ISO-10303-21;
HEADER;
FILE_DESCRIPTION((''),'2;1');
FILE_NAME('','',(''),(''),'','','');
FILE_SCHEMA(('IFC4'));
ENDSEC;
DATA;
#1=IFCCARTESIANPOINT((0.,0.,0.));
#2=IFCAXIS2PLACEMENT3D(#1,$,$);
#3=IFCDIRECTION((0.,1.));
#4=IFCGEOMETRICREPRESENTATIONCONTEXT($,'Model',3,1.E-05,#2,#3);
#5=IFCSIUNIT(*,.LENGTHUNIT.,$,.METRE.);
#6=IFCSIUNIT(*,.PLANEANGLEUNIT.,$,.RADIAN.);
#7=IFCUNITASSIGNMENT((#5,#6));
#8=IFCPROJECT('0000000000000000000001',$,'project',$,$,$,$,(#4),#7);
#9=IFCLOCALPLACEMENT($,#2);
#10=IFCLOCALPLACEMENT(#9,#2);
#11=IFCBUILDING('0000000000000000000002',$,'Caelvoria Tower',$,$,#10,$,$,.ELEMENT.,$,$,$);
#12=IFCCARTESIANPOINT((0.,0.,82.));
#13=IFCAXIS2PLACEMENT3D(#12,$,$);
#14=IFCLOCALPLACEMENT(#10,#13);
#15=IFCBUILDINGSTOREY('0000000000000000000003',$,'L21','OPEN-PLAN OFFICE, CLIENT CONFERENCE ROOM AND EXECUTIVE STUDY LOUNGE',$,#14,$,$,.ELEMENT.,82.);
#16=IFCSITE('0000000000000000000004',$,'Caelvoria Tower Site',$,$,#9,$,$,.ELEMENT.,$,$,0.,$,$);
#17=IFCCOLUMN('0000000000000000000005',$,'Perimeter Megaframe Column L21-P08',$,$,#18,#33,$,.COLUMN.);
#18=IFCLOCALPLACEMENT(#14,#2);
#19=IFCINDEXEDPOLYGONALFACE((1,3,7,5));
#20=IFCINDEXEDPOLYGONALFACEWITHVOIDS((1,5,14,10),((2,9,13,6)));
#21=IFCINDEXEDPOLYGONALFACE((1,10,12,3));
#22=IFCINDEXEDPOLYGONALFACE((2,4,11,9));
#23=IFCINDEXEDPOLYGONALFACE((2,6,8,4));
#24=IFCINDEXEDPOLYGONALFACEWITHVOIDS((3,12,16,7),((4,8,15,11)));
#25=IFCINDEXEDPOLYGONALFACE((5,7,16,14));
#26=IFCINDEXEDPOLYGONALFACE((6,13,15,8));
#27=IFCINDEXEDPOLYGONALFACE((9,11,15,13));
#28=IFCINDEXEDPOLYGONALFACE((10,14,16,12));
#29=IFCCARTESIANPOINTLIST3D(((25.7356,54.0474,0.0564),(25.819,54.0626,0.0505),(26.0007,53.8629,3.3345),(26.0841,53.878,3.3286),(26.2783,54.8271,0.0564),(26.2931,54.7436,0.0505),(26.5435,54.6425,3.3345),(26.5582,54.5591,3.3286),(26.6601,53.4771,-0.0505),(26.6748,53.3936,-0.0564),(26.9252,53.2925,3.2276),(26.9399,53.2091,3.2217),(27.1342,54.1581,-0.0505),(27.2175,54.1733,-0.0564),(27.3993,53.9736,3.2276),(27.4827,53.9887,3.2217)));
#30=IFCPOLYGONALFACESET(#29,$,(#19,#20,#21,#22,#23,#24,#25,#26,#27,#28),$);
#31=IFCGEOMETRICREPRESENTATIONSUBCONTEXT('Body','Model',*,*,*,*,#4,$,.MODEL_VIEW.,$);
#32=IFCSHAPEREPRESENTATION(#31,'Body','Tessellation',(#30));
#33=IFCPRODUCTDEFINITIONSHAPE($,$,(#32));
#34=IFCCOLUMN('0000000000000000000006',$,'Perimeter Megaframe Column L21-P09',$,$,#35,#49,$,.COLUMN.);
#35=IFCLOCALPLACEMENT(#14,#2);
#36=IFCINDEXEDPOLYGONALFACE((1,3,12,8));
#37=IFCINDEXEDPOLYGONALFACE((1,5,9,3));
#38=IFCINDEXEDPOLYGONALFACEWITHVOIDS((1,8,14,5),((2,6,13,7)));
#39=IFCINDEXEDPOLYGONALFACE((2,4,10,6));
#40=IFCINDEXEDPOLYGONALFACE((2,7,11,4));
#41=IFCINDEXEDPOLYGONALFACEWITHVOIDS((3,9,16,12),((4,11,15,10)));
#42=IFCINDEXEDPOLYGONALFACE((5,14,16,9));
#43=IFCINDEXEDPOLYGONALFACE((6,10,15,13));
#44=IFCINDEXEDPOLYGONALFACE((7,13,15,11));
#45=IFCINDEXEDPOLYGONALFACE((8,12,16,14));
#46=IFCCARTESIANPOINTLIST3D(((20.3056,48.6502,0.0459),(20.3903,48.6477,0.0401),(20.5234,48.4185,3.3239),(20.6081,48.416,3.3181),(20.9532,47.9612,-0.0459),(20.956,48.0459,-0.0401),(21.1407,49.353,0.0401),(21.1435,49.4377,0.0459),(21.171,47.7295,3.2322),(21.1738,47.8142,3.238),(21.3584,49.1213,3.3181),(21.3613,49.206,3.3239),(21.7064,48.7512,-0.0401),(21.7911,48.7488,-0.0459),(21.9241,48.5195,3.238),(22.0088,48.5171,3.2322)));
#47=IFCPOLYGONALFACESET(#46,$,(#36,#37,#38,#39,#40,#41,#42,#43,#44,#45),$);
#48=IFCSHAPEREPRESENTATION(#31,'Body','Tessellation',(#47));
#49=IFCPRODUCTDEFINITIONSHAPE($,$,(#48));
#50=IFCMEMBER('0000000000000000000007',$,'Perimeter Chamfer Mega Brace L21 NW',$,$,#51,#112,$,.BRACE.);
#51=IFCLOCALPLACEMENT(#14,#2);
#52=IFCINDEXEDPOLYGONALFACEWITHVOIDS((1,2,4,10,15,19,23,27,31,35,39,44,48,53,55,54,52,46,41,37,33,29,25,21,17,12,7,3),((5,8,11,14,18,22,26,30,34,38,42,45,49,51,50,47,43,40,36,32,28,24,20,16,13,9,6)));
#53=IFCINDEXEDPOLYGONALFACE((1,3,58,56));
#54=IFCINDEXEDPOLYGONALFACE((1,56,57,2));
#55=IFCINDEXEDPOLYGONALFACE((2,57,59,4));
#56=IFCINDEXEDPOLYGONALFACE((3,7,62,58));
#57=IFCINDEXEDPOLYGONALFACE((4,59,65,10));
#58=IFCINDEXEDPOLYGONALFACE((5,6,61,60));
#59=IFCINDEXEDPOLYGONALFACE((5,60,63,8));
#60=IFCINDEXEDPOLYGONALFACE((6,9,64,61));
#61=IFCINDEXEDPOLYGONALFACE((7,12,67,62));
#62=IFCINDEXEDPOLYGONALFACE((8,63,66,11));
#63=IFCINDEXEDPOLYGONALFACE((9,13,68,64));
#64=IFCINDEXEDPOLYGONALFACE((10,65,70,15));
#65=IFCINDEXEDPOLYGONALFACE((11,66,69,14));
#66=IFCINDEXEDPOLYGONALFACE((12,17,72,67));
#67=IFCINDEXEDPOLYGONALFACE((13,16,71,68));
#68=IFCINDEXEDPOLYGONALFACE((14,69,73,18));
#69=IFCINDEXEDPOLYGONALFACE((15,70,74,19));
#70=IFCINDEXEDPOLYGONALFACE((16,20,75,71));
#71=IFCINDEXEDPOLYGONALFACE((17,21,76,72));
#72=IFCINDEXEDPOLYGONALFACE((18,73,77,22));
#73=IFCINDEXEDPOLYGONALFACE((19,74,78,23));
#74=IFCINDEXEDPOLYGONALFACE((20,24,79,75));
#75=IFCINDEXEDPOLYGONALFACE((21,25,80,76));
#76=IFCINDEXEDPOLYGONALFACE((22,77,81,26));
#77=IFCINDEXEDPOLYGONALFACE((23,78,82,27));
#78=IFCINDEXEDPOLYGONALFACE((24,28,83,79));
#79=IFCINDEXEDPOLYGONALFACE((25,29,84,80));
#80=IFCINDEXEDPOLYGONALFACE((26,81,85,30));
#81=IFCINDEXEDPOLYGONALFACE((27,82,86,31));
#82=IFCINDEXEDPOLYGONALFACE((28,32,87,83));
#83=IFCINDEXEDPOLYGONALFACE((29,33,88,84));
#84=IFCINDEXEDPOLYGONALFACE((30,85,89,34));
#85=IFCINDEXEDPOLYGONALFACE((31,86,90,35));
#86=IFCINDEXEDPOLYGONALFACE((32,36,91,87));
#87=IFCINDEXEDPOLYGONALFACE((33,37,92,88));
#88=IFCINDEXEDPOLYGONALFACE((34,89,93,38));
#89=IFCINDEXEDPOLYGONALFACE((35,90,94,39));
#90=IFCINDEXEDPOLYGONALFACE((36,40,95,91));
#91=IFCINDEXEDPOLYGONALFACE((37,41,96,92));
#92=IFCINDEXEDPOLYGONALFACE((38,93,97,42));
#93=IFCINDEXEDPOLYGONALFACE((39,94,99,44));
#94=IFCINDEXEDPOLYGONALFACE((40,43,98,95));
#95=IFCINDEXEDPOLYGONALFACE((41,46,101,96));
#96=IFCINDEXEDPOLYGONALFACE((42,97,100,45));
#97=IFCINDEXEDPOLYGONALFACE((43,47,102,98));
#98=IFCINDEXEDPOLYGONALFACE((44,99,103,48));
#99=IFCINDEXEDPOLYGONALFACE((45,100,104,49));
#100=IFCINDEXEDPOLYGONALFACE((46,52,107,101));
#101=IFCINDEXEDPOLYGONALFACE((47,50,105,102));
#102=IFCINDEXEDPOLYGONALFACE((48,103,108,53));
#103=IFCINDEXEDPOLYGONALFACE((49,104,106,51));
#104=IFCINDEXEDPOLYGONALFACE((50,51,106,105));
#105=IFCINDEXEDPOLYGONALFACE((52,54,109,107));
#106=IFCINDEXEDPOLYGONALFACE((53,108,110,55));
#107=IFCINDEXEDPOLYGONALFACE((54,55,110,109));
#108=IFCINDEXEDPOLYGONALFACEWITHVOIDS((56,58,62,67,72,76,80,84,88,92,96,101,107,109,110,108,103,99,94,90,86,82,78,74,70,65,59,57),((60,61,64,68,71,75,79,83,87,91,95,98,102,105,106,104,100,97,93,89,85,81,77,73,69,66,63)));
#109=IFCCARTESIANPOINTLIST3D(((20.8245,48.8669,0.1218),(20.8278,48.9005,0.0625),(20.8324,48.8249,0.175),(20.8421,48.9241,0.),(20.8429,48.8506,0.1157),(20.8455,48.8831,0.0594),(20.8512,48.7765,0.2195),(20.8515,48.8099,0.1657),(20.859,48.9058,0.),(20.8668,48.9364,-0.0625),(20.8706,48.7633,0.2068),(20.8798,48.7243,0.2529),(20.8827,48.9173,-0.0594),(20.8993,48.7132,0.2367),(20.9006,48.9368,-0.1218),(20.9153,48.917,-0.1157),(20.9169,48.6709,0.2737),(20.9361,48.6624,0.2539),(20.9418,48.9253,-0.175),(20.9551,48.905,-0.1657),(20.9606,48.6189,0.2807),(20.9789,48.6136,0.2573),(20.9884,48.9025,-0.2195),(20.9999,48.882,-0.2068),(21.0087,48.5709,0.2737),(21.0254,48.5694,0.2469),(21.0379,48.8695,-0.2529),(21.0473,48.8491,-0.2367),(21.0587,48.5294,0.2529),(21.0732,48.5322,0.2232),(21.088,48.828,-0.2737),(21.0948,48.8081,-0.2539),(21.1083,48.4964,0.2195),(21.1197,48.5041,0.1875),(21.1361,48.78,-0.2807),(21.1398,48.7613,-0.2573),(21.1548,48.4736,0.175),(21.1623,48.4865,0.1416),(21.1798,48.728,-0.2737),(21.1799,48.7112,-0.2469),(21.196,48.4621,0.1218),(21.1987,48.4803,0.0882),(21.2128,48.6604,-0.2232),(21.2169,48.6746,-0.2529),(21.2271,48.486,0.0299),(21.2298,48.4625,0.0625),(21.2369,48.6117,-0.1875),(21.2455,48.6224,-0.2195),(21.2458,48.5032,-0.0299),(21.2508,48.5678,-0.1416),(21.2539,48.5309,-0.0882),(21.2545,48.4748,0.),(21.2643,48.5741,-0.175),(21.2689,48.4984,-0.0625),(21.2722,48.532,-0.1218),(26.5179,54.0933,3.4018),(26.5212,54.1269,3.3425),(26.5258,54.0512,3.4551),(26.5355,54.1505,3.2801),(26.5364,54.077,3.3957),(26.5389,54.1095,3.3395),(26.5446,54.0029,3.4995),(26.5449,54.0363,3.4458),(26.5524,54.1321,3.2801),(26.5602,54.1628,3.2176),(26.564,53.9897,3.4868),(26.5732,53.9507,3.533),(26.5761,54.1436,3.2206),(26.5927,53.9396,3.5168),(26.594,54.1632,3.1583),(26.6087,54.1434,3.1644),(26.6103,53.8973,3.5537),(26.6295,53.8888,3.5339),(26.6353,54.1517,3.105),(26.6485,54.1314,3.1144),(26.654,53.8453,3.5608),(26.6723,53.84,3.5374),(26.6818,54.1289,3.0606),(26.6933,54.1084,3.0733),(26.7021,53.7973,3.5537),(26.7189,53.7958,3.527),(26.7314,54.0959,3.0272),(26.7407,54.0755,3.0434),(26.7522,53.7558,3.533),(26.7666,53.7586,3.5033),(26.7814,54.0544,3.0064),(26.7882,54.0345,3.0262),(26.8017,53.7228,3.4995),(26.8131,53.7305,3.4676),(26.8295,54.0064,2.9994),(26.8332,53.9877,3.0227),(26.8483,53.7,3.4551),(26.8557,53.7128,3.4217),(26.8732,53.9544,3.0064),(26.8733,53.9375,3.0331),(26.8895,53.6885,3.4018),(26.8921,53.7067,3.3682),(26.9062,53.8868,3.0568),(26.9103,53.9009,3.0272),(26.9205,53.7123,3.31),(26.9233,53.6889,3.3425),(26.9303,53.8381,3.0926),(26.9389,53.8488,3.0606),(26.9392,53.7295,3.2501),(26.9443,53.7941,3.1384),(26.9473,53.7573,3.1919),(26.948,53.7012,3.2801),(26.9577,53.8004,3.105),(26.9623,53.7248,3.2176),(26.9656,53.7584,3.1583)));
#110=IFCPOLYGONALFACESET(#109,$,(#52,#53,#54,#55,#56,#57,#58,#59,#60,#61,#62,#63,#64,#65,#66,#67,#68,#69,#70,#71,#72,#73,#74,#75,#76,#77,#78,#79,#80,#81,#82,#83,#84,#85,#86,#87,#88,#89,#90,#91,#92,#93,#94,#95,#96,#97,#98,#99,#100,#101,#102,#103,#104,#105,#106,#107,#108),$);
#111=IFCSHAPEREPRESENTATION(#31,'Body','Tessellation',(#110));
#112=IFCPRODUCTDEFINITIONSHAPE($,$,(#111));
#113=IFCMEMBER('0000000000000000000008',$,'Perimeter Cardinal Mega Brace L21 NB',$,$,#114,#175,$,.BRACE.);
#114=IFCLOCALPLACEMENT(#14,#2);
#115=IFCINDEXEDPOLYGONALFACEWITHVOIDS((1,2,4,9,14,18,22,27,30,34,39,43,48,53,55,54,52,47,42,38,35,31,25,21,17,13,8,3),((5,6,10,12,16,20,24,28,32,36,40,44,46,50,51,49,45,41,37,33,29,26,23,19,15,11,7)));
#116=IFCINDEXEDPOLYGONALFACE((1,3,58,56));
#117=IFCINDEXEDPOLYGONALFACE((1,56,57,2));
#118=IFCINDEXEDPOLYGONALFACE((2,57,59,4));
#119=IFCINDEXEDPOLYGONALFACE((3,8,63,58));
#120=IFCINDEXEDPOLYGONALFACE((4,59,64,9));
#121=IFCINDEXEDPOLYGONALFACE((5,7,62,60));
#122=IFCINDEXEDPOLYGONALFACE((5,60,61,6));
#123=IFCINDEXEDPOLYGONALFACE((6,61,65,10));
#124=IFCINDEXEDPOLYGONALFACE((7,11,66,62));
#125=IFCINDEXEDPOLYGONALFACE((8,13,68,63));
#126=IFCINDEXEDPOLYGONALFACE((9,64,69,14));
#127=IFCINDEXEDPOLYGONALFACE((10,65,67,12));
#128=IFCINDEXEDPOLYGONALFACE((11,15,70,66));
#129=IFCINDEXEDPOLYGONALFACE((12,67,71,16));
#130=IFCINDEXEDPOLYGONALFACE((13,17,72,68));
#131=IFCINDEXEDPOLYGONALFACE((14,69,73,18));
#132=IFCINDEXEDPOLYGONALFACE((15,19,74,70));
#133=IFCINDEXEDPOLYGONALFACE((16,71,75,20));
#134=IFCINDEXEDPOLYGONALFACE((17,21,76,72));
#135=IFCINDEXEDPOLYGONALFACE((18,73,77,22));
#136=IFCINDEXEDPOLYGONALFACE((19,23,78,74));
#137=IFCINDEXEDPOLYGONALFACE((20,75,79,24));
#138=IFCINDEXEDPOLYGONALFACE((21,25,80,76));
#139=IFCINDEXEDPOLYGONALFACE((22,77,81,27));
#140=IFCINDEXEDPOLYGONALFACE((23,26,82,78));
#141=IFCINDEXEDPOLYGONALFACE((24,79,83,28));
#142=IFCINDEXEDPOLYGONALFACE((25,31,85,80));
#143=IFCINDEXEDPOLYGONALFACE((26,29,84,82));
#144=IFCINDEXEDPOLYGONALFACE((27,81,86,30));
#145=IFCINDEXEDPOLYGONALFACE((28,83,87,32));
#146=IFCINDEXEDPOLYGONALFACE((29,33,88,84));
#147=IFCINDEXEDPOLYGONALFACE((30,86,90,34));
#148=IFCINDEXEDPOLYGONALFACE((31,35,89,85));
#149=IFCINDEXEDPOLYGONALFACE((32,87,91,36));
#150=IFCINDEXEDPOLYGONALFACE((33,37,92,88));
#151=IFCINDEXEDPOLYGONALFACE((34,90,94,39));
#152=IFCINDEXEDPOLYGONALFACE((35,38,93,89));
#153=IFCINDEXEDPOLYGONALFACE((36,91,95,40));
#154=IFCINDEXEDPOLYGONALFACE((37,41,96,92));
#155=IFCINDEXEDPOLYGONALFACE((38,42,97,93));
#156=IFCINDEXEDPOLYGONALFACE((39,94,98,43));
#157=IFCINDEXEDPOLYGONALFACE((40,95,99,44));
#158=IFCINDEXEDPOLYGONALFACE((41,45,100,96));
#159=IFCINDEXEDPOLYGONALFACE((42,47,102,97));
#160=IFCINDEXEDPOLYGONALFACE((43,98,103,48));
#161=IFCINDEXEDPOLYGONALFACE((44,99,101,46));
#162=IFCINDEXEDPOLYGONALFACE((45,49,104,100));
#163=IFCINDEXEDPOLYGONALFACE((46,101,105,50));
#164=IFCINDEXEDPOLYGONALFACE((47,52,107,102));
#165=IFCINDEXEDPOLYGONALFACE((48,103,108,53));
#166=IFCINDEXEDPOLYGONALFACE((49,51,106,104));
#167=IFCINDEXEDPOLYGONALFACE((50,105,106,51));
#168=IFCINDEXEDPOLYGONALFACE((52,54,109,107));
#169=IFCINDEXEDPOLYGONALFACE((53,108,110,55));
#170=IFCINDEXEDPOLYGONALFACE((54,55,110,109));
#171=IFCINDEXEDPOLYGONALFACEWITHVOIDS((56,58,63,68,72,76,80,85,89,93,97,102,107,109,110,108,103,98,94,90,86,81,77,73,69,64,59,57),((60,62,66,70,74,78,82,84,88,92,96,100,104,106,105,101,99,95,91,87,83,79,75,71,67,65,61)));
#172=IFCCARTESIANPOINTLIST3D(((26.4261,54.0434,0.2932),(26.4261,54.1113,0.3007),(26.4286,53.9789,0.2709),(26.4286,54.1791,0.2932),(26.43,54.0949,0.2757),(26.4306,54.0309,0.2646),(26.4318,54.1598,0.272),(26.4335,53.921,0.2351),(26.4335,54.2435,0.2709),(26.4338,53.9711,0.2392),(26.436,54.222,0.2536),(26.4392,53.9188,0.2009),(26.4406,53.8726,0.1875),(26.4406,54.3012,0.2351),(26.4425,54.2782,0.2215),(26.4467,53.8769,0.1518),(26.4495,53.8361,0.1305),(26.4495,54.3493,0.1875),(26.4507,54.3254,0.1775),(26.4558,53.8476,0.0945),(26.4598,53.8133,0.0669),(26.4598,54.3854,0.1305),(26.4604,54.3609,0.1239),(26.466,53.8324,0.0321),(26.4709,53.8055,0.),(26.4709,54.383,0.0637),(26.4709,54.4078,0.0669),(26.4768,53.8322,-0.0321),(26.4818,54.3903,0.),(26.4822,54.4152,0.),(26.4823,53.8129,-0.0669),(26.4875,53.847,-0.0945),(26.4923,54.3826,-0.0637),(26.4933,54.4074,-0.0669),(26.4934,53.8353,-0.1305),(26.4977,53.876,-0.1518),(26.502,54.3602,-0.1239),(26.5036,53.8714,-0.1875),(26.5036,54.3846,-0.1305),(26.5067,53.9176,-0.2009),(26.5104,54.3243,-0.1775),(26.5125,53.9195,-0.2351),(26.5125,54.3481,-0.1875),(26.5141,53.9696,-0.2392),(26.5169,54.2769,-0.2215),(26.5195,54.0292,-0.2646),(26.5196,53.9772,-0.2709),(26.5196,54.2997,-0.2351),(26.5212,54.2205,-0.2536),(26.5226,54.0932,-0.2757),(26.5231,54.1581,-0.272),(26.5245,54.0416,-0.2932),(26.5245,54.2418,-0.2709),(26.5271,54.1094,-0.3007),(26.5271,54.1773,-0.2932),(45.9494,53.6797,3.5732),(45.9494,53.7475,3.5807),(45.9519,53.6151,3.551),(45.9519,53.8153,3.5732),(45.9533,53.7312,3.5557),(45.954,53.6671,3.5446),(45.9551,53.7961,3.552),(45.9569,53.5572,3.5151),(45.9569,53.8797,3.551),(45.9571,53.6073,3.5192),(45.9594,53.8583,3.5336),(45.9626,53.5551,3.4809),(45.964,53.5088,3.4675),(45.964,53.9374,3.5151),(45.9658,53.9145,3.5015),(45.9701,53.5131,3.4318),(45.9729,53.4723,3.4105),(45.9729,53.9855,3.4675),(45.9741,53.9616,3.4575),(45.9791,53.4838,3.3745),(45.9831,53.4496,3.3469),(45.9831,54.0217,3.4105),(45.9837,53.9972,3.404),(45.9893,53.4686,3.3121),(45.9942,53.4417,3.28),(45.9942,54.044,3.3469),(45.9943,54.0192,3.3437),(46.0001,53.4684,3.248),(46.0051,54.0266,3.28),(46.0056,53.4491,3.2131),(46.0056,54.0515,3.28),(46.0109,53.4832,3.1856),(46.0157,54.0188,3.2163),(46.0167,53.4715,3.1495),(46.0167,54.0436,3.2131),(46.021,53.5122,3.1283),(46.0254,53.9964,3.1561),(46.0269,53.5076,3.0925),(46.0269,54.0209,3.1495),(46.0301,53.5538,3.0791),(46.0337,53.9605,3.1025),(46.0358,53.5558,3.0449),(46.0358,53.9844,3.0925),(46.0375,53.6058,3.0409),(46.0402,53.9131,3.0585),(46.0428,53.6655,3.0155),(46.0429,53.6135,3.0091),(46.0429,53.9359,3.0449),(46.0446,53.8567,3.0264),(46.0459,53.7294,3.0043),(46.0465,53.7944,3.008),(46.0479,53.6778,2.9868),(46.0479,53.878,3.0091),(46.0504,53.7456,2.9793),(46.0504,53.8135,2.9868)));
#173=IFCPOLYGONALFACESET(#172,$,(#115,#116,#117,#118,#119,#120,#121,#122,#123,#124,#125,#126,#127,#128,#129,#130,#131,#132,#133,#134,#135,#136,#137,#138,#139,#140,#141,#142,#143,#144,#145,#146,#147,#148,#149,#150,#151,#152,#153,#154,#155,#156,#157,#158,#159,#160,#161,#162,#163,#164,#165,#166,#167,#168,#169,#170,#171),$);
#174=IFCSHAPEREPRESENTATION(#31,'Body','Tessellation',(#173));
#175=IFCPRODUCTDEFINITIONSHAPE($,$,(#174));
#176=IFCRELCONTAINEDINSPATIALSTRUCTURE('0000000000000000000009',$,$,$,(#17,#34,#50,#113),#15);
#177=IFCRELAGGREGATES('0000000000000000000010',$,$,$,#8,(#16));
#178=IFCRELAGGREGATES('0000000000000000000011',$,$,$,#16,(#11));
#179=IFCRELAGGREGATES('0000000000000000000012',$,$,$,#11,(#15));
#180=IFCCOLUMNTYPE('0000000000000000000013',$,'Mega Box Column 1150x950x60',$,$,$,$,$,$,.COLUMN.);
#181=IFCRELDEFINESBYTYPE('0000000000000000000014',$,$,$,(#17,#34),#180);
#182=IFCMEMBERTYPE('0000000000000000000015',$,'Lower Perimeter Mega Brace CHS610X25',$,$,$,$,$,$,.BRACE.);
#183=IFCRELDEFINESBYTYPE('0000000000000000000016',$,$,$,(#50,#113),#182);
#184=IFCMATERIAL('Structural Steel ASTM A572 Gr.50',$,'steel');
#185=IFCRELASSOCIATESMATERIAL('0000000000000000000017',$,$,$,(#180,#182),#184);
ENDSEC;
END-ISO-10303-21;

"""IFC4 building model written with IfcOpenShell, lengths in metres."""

from ifc_helpers import new_model, si_unit, direction, frame, origin, origin_2d, place, context, subcontext, project, spatial, hollow_rectangle, hollow_circle, extrude, material, material_profile, profile_set, type_object, element, save


model = new_model("IFC4")

# Units and contexts
model_context = context("Model", 3, precision=1e-05, world=origin(), true_north=direction((0.0, 1.0)))
body_context = subcontext(model_context, "Body", "Model", "MODEL_VIEW")
ifc_project = project(units=[si_unit("LENGTHUNIT", "METRE"), si_unit("PLANEANGLEUNIT", "RADIAN")], contexts=[model_context])

# Site, building, storey
site_placement = place(None, origin())
site = spatial("IfcSite", under=ifc_project, at=site_placement, Name="Caelvoria Tower Site", CompositionType="ELEMENT", RefElevation=0.0)
building_placement = place(site_placement, origin())
building = spatial("IfcBuilding", under=site, at=building_placement, Name="Caelvoria Tower", CompositionType="ELEMENT")
storey_placement = place(building_placement, frame((0.0, 0.0, 82.0)))
storey = spatial("IfcBuildingStorey", under=building, at=storey_placement, Name="L21", Description="OPEN-PLAN OFFICE, CLIENT CONFERENCE ROOM AND EXECUTIVE STUDY LOUNGE", CompositionType="ELEMENT", Elevation=82.0)

# Columns
ifc_material_1 = material(Name="Structural Steel ASTM A572 Gr.50", Category="steel")
ifc_material_profile_1 = material_profile(ifc_material_1, hollow_rectangle(XDim=0.95, YDim=1.1499, WallThickness=0.0601, at=origin_2d()), Name="Structural Steel ASTM A572 Gr.50")
ifc_profile_set_1 = profile_set([ifc_material_profile_1], Name="BOX1150X950X60 - Structural Steel ASTM A572 Gr.50")
column_type = type_object("IfcColumnType", Name="Mega Box Column 1150x950x60", PredefinedType="COLUMN", material=ifc_profile_set_1)
column_1_placement = place(storey_placement, frame((26.4766, 54.1104, 0.0), z_axis=(0.080492, -0.056033, 0.995179), x_axis=(0.57133, 0.82072, 0.0)))
element("IfcColumn", 1, at=column_1_placement, inside=storey, type_object=column_type, Name="Perimeter Megaframe Column L21-P08", PredefinedType="COLUMN", context=body_context, shape_type="SweptSolid", body=[
    extrude(hollow_rectangle(XDim=0.95, YDim=1.1499, WallThickness=0.0601, at=origin_2d()), origin(), (0.0, 0.0, 1.0), 3.2939),
])
column_2_placement = place(storey_placement, frame((21.0483, 48.6995, 0.0), z_axis=(0.066123, -0.070348, 0.995329), x_axis=(-0.681686, 0.725247, 0.096546)))
element("IfcColumn", 2, at=column_2_placement, inside=storey, type_object=column_type, Name="Perimeter Megaframe Column L21-P09", PredefinedType="COLUMN", context=body_context, shape_type="SweptSolid", body=[
    extrude(hollow_rectangle(XDim=0.95, YDim=1.1499, WallThickness=0.0601, at=origin_2d()), origin(), (0.0, 0.0, 1.0), 3.2935),
])

# Members
ifc_material_profile_2 = material_profile(ifc_material_1, hollow_circle(Radius=0.3049, WallThickness=0.0249, at=origin_2d()), Name="Structural Steel ASTM A572 Gr.50")
ifc_profile_set_2 = profile_set([ifc_material_profile_2], Name="CHS610X25 - Structural Steel ASTM A572 Gr.50")
member_type = type_object("IfcMemberType", Name="Lower Perimeter Mega Brace CHS610X25", PredefinedType="BRACE", material=ifc_profile_set_2)
member_1_placement = place(storey_placement, frame((21.0483, 48.6995, 0.0), z_axis=(0.67813, 0.622501, 0.390681), x_axis=(-0.676245, 0.736677, 0.0)))
element("IfcMember", 3, at=member_1_placement, inside=storey, type_object=member_type, Name="Perimeter Chamfer Mega Brace L21 NW", PredefinedType="BRACE", context=body_context, shape_type="SweptSolid", body=[
    extrude(hollow_circle(Radius=0.3049, WallThickness=0.0249, at=origin_2d()), origin(), (0.0, 0.0, 1.0), 8.3958),
])
member_2_placement = place(storey_placement, frame((26.4766, 54.1104, 0.0), z_axis=(0.986013, -0.018372, 0.165655), x_axis=(0.018629, 0.999826, 0.0)))
element("IfcMember", 4, at=member_2_placement, inside=storey, type_object=member_type, Name="Perimeter Cardinal Mega Brace L21 NB", PredefinedType="BRACE", context=body_context, shape_type="SweptSolid", body=[
    extrude(hollow_circle(Radius=0.3049, WallThickness=0.0249, at=origin_2d()), origin(), (0.0, 0.0, 1.0), 19.8003),
])

save(model, "model.ifc")
